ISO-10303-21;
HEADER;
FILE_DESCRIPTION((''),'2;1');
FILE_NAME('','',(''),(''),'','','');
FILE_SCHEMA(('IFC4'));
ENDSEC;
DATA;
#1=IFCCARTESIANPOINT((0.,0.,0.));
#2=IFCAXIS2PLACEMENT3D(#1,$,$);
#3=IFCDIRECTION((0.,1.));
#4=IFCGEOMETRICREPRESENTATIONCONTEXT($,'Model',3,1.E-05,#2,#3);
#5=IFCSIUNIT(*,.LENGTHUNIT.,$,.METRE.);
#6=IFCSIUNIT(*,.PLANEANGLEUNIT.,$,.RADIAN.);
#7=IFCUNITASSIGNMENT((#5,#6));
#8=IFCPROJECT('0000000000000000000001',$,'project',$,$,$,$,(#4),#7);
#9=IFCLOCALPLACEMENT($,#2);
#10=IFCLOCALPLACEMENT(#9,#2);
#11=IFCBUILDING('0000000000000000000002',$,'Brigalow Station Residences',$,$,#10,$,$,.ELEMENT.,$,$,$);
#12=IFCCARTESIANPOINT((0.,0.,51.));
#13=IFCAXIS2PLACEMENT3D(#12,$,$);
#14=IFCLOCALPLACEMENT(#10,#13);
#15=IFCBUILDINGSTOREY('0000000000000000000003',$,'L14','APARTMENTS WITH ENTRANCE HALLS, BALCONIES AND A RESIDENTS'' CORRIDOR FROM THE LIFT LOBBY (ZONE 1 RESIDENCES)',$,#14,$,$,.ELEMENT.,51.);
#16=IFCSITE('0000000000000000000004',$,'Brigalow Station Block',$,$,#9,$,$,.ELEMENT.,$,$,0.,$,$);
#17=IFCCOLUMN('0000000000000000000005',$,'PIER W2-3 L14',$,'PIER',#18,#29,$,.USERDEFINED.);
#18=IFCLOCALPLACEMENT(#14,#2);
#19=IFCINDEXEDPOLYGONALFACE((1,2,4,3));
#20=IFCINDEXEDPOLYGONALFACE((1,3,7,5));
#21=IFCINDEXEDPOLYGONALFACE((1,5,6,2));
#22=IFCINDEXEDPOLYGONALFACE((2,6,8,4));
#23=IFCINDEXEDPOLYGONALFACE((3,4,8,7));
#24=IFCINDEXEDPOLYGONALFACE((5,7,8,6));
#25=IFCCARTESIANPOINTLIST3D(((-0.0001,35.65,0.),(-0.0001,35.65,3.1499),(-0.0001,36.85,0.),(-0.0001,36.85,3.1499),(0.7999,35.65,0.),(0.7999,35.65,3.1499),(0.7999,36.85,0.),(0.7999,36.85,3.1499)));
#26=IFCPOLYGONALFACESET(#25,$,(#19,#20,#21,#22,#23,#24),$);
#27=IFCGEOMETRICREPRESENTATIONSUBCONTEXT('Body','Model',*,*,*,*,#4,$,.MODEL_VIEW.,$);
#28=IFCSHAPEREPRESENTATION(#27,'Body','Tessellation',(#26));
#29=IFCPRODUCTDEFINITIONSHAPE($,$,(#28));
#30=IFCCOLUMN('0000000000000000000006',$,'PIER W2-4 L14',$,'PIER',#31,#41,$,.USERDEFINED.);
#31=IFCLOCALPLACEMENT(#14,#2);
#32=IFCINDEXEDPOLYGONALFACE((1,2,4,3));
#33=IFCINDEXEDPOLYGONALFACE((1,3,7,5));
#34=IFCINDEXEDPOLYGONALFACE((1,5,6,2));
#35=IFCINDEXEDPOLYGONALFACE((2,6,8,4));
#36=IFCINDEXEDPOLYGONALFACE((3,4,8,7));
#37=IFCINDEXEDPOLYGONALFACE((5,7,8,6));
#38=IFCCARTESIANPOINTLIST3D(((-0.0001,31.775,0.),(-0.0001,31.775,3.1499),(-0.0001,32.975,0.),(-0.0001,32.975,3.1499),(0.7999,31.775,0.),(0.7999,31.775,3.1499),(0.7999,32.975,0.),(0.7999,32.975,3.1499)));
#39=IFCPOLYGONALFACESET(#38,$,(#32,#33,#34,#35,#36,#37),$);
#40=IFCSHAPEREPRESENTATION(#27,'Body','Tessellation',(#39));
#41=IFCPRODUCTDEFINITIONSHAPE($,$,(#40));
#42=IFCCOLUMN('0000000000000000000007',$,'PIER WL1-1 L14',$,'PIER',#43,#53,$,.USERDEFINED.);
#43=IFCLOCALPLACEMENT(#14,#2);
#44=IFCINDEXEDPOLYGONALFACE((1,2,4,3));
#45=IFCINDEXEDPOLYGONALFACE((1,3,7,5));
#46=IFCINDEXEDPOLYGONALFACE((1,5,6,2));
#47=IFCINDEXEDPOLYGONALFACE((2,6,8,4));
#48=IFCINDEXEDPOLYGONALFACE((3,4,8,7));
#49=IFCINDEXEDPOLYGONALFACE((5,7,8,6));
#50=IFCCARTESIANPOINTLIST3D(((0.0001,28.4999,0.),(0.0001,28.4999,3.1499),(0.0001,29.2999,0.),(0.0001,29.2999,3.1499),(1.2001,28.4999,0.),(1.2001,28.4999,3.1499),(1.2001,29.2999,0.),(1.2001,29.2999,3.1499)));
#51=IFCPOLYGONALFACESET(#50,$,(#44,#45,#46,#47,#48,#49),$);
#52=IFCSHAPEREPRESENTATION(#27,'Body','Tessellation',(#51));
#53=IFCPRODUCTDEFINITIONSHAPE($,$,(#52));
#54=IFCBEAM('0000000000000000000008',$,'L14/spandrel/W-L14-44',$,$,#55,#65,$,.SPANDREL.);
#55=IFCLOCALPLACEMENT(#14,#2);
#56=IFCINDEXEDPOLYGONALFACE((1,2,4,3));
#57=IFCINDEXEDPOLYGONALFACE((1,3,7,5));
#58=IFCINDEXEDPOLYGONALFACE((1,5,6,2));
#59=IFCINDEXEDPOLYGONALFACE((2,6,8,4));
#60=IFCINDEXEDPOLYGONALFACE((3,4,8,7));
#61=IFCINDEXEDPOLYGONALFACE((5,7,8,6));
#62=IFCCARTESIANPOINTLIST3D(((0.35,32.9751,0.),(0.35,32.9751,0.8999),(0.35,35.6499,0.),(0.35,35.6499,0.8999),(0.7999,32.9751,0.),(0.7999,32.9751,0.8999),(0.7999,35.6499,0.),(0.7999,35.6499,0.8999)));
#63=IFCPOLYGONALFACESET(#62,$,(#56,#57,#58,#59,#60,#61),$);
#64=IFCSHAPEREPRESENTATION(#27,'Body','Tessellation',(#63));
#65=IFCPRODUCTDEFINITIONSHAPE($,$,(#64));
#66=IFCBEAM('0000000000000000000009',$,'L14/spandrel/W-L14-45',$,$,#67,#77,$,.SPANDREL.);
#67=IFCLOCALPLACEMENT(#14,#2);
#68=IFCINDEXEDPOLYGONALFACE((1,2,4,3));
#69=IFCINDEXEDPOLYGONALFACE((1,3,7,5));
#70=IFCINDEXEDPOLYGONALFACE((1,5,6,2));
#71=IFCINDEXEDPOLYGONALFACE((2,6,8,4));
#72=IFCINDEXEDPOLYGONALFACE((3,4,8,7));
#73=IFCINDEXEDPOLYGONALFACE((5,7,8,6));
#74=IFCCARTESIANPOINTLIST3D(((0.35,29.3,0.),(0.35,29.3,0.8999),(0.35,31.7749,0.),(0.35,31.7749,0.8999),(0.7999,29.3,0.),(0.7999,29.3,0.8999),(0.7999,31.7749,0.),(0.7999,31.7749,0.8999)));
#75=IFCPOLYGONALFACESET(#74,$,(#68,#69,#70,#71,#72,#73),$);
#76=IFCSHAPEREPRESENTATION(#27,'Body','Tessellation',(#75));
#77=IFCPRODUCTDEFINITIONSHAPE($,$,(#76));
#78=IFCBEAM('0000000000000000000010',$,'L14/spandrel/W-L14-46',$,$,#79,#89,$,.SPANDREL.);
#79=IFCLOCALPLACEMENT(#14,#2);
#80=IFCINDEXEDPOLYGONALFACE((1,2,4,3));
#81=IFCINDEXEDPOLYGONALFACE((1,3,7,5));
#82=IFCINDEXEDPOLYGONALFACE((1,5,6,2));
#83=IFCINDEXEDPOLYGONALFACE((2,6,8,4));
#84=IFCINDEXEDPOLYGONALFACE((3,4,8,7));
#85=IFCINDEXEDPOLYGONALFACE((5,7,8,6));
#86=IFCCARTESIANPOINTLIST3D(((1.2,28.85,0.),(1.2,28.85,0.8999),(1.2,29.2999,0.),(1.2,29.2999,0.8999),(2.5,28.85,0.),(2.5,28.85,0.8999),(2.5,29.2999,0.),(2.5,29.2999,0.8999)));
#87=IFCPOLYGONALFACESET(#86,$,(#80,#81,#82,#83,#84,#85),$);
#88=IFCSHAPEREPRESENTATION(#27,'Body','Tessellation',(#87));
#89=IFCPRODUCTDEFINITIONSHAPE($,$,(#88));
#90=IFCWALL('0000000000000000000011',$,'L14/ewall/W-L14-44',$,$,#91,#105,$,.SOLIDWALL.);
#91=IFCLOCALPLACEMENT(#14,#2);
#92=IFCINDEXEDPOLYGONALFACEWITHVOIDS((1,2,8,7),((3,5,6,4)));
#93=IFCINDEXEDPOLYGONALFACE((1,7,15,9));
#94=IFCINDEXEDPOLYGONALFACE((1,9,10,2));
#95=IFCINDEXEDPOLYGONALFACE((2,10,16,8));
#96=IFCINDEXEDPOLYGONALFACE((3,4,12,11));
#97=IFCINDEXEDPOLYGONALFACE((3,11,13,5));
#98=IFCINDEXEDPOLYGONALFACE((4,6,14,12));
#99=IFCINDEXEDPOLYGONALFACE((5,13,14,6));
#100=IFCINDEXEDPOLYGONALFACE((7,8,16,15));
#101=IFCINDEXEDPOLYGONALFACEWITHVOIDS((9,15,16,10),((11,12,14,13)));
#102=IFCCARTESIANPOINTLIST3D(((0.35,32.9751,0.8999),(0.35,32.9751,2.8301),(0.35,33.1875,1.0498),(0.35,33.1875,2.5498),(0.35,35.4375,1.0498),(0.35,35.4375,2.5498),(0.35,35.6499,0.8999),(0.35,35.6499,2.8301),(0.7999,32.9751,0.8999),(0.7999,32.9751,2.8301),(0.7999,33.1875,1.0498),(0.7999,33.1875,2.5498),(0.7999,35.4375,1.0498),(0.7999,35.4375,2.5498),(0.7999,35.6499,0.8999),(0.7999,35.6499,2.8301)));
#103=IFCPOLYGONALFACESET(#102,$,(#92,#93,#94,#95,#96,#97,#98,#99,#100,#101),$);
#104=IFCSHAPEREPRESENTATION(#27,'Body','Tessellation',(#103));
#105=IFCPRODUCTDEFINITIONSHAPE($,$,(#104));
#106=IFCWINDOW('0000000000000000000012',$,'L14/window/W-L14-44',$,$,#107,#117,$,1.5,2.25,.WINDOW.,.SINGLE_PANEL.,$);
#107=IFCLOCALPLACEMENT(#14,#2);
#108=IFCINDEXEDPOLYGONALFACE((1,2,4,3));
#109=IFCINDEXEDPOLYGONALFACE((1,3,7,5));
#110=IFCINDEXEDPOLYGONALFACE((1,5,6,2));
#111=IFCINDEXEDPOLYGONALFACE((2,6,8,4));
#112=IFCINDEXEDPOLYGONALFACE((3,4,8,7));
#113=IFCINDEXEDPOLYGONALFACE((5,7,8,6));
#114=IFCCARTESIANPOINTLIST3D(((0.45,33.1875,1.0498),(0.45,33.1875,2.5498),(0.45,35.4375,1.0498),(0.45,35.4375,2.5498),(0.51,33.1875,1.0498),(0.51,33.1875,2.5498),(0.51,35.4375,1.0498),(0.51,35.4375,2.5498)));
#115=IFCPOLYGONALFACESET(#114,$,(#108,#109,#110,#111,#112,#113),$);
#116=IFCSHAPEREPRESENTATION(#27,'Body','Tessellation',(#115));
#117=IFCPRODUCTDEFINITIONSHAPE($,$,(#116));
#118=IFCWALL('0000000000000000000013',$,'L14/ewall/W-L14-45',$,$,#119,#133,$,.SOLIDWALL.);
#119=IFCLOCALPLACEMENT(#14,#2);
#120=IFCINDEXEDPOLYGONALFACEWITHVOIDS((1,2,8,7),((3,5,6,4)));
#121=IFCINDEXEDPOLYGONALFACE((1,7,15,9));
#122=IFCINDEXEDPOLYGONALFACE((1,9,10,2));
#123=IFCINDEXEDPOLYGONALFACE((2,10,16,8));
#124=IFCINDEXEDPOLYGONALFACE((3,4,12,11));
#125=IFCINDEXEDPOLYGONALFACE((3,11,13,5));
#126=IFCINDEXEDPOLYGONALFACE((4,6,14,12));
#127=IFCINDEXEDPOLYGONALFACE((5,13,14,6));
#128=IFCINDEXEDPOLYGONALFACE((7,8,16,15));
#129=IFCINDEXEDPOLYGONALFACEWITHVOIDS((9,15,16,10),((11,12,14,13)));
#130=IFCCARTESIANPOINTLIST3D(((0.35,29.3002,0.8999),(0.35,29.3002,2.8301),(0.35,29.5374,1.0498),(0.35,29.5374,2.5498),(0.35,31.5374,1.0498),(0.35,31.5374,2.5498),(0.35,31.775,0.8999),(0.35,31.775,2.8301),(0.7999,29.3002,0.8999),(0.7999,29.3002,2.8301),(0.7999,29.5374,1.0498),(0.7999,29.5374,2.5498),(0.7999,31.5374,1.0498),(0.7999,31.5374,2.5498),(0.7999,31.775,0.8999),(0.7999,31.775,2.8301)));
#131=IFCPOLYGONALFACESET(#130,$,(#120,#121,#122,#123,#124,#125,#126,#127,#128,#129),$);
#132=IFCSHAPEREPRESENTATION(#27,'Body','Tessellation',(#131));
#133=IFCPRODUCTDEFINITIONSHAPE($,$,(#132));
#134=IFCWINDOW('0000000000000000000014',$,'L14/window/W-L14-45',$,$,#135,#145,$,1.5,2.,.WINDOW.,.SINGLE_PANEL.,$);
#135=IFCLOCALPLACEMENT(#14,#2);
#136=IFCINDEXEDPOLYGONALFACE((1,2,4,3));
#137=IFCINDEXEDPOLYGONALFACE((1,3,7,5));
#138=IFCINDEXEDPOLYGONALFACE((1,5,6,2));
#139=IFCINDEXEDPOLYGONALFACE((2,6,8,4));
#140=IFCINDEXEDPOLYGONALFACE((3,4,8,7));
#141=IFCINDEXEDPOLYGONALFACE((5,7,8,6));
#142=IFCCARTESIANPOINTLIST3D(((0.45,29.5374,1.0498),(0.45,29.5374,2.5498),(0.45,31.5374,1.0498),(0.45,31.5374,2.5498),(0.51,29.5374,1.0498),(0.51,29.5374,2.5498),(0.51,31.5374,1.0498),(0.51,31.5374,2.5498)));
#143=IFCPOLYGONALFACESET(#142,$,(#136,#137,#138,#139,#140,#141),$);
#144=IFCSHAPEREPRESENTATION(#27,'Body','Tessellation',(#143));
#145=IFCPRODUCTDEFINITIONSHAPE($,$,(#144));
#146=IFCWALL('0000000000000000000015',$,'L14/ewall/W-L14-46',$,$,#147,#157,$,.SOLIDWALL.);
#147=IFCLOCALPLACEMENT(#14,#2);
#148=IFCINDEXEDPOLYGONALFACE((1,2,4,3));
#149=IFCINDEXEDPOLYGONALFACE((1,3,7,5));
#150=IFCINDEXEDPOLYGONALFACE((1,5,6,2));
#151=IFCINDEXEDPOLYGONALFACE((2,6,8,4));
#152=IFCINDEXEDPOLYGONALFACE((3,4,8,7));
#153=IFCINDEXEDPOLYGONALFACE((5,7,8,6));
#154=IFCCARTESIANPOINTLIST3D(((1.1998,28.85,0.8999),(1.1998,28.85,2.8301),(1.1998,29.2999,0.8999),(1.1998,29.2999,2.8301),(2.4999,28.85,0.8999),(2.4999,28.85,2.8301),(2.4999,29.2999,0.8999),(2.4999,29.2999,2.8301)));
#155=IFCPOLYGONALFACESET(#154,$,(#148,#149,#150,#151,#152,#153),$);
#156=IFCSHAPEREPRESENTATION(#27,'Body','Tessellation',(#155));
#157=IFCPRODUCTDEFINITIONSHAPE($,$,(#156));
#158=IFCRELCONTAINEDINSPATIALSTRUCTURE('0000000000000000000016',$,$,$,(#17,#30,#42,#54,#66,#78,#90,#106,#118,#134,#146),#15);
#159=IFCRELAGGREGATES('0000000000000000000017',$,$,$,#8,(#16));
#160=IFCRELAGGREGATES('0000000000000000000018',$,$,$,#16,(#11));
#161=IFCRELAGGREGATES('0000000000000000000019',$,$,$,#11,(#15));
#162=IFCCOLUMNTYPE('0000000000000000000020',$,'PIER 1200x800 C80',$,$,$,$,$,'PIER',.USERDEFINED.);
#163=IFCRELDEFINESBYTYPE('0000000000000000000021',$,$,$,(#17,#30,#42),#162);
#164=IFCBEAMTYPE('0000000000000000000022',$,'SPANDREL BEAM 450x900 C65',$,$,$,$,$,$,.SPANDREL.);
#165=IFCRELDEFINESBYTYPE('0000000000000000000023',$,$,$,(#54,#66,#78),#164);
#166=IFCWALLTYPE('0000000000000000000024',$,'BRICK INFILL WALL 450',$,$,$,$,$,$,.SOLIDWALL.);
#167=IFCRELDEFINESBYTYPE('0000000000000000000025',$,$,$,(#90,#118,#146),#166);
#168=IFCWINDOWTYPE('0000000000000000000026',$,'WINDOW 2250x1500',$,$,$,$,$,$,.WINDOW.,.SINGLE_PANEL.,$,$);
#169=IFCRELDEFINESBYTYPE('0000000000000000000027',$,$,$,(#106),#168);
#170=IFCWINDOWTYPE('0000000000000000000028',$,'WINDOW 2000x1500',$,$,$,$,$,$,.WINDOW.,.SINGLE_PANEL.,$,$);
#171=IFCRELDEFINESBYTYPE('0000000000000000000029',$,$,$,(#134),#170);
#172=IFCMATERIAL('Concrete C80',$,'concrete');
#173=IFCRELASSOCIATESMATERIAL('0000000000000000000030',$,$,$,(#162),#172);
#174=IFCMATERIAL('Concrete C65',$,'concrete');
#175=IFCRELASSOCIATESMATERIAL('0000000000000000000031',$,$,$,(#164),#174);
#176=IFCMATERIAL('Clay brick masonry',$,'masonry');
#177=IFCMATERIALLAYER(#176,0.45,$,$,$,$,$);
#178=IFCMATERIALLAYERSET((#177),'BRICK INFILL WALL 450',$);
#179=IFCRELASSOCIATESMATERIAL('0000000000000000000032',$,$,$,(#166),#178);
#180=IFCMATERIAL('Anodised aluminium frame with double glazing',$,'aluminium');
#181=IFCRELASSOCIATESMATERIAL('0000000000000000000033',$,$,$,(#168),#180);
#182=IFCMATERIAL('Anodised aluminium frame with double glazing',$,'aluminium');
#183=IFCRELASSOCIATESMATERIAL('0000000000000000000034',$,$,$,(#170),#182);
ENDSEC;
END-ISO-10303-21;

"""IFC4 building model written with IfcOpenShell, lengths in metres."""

from ifc_helpers import new_model, si_unit, direction, frame, frame_2d, origin, origin_2d, place, context, subcontext, project, spatial, rectangle, extrude, material, layer, layer_set, material_profile, profile_set, type_object, element, fill, save


model = new_model("IFC4")

# Units and contexts
model_context = context("Model", 3, precision=1e-05, world=origin(), true_north=direction((0.0, 1.0)))
body_context = subcontext(model_context, "Body", "Model", "MODEL_VIEW")
ifc_project = project(units=[si_unit("LENGTHUNIT", "METRE"), si_unit("PLANEANGLEUNIT", "RADIAN")], contexts=[model_context])

# Site, building, storey
site_placement = place(None, origin())
site = spatial("IfcSite", under=ifc_project, at=site_placement, Name="Brigalow Station Block", CompositionType="ELEMENT", RefElevation=0.0)
building_placement = place(site_placement, origin())
building = spatial("IfcBuilding", under=site, at=building_placement, Name="Brigalow Station Residences", CompositionType="ELEMENT")
storey_placement = place(building_placement, frame((0.0, 0.0, 51.0)))
storey = spatial("IfcBuildingStorey", under=building, at=storey_placement, Name="L14", Description="APARTMENTS WITH ENTRANCE HALLS, BALCONIES AND A RESIDENTS' CORRIDOR FROM THE LIFT LOBBY (ZONE 1 RESIDENCES)", CompositionType="ELEMENT", Elevation=51.0)

# Columns
ifc_material_1 = material(Name="Concrete C80", Category="concrete")
ifc_material_profile_1 = material_profile(ifc_material_1, rectangle(XDim=1.2, YDim=0.8, at=origin_2d()), Name="RC1200x800")
ifc_profile_set_1 = profile_set([ifc_material_profile_1], Name="Concrete C80")
column_type = type_object("IfcColumnType", Name="PIER 1200x800 C80", ElementType="PIER", PredefinedType="USERDEFINED", material=ifc_profile_set_1)
for number, where, z_axis, x_axis, name in (
    (1, (0.3999, 36.25, 0.0), (0.0, 0.0, 1.0), (0.0, -1.0, 0.0), "PIER W2-3 L14"),
    (2, (0.3999, 32.375, 0.0), (0.0, 0.0, 1.0), (0.0, -1.0, 0.0), "PIER W2-4 L14"),
    (3, (0.6001, 28.8999, 0.0), (0.0, 0.0, 1.0), (1.0, 0.0, 0.0), "PIER WL1-1 L14"),
):
    element("IfcColumn", number, at=place(storey_placement, frame(where, z_axis=z_axis, x_axis=x_axis)), inside=storey, type_object=column_type, Name=name, ObjectType="PIER", PredefinedType="USERDEFINED", context=body_context, shape_type="SweptSolid", body=[
        extrude(rectangle(XDim=1.2, YDim=0.8, at=origin_2d()), origin(), (0.0, 0.0, 1.0), 3.1499),
    ])

# Beams
ifc_material_2 = material(Name="Concrete C65", Category="concrete")
ifc_material_profile_2 = material_profile(ifc_material_2, rectangle(XDim=0.45, YDim=0.8999, at=origin_2d()), Name="RC450x900")
ifc_profile_set_2 = profile_set([ifc_material_profile_2], Name="Concrete C65")
beam_type = type_object("IfcBeamType", Name="SPANDREL BEAM 450x900 C65", PredefinedType="SPANDREL", material=ifc_profile_set_2)
beam_1_placement = place(storey_placement, frame((0.575, 35.6499, 0.45), z_axis=(0.0, -1.0, 0.0), x_axis=(1.0, 0.0, 0.0)))
element("IfcBeam", 4, at=beam_1_placement, inside=storey, type_object=beam_type, Name="L14/spandrel/W-L14-44", PredefinedType="SPANDREL", context=body_context, shape_type="SweptSolid", body=[
    extrude(rectangle(XDim=0.45, YDim=0.8999, at=origin_2d()), origin(), (0.0, 0.0, 1.0), 2.6748),
])
beam_2_placement = place(storey_placement, frame((0.575, 31.7749, 0.45), z_axis=(0.0, -1.0, 0.0), x_axis=(1.0, 0.0, 0.0)))
element("IfcBeam", 5, at=beam_2_placement, inside=storey, type_object=beam_type, Name="L14/spandrel/W-L14-45", PredefinedType="SPANDREL", context=body_context, shape_type="SweptSolid", body=[
    extrude(rectangle(XDim=0.45, YDim=0.8999, at=origin_2d()), origin(), (0.0, 0.0, 1.0), 2.4749),
])
beam_3_placement = place(storey_placement, frame((1.2, 29.075, 0.45), z_axis=(1.0, 0.0, 0.0), x_axis=(0.0, 1.0, 0.0)))
element("IfcBeam", 6, at=beam_3_placement, inside=storey, type_object=beam_type, Name="L14/spandrel/W-L14-46", PredefinedType="SPANDREL", context=body_context, shape_type="SweptSolid", body=[
    extrude(rectangle(XDim=0.45, YDim=0.8999, at=origin_2d()), origin(), (0.0, 0.0, 1.0), 1.3),
])

# Walls, openings, windows
ifc_material_3 = material(Name="Clay brick masonry", Category="masonry")
ifc_layer_1 = layer(ifc_material_3, 0.45)
ifc_layer_set_1 = layer_set([ifc_layer_1], Name="BRICK INFILL WALL 450")
wall_type_1 = type_object("IfcWallType", Name="BRICK INFILL WALL 450", PredefinedType="SOLIDWALL", material=ifc_layer_set_1)
wall_1_placement = place(storey_placement, frame((0.575, 35.6499, 0.8999), z_axis=(0.0, 0.0, 1.0), x_axis=(0.0, -1.0, 0.0)))
wall_1 = element("IfcWall", 7, at=wall_1_placement, inside=storey, type_object=wall_type_1, Name="L14/ewall/W-L14-44", PredefinedType="SOLIDWALL", context=body_context, shape_type="SweptSolid", body=[
    extrude(rectangle(XDim=2.6748, YDim=0.45, at=frame_2d((1.3374, 0.0))), origin(), (0.0, 0.0, 1.0), 1.9302),
])
opening_1_placement = place(wall_1_placement, frame((0.2124, 0.0, 0.1499)))
opening_1 = element("IfcOpeningElement", 8, at=opening_1_placement, cuts=wall_1, PredefinedType="OPENING", context=body_context, shape_type="SweptSolid", body=[
    extrude(rectangle(XDim=2.25, YDim=1.5, at=frame_2d((1.125, 0.75))), frame((0.0, 0.2349, 0.0), z_axis=(0.0, -1.0, 0.0), x_axis=(1.0, 0.0, 0.0)), (0.0, 0.0, 1.0), 0.47),
])
ifc_material_4 = material(Name="Anodised aluminium frame with double glazing", Category="aluminium")
window_type_1 = type_object("IfcWindowType", Name="WINDOW 2250x1500", PartitioningType="SINGLE_PANEL", PredefinedType="WINDOW", material=ifc_material_4)
window_1_placement = place(opening_1_placement, origin())
window_1 = element("IfcWindow", 9, at=window_1_placement, inside=storey, type_object=window_type_1, Name="L14/window/W-L14-44", OverallHeight=1.5, OverallWidth=2.25, PartitioningType="SINGLE_PANEL", PredefinedType="WINDOW", context=body_context, shape_type="SweptSolid", body=[
    extrude(rectangle(XDim=2.25, YDim=1.5, at=frame_2d((1.125, 0.75))), frame((0.0, -0.0649, 0.0), z_axis=(0.0, -1.0, 0.0), x_axis=(1.0, 0.0, 0.0)), (0.0, 0.0, 1.0), 0.0601),
])
fill(opening_1, window_1)
wall_2_placement = place(storey_placement, frame((0.575, 31.7749, 0.8999), z_axis=(0.0, 0.0, 1.0), x_axis=(0.0, -1.0, 0.0)))
wall_2 = element("IfcWall", 10, at=wall_2_placement, inside=storey, type_object=wall_type_1, Name="L14/ewall/W-L14-45", PredefinedType="SOLIDWALL", context=body_context, shape_type="SweptSolid", body=[
    extrude(rectangle(XDim=2.4749, YDim=0.45, at=frame_2d((1.2373, 0.0))), origin(), (0.0, 0.0, 1.0), 1.9302),
])
opening_2_placement = place(wall_2_placement, frame((0.2375, 0.0, 0.1499)))
opening_2 = element("IfcOpeningElement", 11, at=opening_2_placement, cuts=wall_2, PredefinedType="OPENING", context=body_context, shape_type="SweptSolid", body=[
    extrude(rectangle(XDim=2.0, YDim=1.5, at=frame_2d((1.0, 0.75))), frame((0.0, 0.2349, 0.0), z_axis=(0.0, -1.0, 0.0), x_axis=(1.0, 0.0, 0.0)), (0.0, 0.0, 1.0), 0.47),
])
ifc_material_5 = material(Name="Anodised aluminium frame with double glazing", Category="aluminium")
window_type_2 = type_object("IfcWindowType", Name="WINDOW 2000x1500", PartitioningType="SINGLE_PANEL", PredefinedType="WINDOW", material=ifc_material_5)
window_2_placement = place(opening_2_placement, origin())
window_2 = element("IfcWindow", 12, at=window_2_placement, inside=storey, type_object=window_type_2, Name="L14/window/W-L14-45", OverallHeight=1.5, OverallWidth=2.0, PartitioningType="SINGLE_PANEL", PredefinedType="WINDOW", context=body_context, shape_type="SweptSolid", body=[
    extrude(rectangle(XDim=2.0, YDim=1.5, at=frame_2d((1.0, 0.75))), frame((0.0, -0.0649, 0.0), z_axis=(0.0, -1.0, 0.0), x_axis=(1.0, 0.0, 0.0)), (0.0, 0.0, 1.0), 0.0601),
])
fill(opening_2, window_2)

# Wall
wall_3_placement = place(storey_placement, frame((1.2, 29.075, 0.8999), z_axis=(0.0, 0.0, 1.0), x_axis=(1.0, 0.0, 0.0)))
element("IfcWall", 13, at=wall_3_placement, inside=storey, type_object=wall_type_1, Name="L14/ewall/W-L14-46", PredefinedType="SOLIDWALL", context=body_context, shape_type="SweptSolid", body=[
    extrude(rectangle(XDim=1.3, YDim=0.45, at=frame_2d((0.6499, 0.0))), origin(), (0.0, 0.0, 1.0), 1.9302),
])

save(model, "model.ifc")
